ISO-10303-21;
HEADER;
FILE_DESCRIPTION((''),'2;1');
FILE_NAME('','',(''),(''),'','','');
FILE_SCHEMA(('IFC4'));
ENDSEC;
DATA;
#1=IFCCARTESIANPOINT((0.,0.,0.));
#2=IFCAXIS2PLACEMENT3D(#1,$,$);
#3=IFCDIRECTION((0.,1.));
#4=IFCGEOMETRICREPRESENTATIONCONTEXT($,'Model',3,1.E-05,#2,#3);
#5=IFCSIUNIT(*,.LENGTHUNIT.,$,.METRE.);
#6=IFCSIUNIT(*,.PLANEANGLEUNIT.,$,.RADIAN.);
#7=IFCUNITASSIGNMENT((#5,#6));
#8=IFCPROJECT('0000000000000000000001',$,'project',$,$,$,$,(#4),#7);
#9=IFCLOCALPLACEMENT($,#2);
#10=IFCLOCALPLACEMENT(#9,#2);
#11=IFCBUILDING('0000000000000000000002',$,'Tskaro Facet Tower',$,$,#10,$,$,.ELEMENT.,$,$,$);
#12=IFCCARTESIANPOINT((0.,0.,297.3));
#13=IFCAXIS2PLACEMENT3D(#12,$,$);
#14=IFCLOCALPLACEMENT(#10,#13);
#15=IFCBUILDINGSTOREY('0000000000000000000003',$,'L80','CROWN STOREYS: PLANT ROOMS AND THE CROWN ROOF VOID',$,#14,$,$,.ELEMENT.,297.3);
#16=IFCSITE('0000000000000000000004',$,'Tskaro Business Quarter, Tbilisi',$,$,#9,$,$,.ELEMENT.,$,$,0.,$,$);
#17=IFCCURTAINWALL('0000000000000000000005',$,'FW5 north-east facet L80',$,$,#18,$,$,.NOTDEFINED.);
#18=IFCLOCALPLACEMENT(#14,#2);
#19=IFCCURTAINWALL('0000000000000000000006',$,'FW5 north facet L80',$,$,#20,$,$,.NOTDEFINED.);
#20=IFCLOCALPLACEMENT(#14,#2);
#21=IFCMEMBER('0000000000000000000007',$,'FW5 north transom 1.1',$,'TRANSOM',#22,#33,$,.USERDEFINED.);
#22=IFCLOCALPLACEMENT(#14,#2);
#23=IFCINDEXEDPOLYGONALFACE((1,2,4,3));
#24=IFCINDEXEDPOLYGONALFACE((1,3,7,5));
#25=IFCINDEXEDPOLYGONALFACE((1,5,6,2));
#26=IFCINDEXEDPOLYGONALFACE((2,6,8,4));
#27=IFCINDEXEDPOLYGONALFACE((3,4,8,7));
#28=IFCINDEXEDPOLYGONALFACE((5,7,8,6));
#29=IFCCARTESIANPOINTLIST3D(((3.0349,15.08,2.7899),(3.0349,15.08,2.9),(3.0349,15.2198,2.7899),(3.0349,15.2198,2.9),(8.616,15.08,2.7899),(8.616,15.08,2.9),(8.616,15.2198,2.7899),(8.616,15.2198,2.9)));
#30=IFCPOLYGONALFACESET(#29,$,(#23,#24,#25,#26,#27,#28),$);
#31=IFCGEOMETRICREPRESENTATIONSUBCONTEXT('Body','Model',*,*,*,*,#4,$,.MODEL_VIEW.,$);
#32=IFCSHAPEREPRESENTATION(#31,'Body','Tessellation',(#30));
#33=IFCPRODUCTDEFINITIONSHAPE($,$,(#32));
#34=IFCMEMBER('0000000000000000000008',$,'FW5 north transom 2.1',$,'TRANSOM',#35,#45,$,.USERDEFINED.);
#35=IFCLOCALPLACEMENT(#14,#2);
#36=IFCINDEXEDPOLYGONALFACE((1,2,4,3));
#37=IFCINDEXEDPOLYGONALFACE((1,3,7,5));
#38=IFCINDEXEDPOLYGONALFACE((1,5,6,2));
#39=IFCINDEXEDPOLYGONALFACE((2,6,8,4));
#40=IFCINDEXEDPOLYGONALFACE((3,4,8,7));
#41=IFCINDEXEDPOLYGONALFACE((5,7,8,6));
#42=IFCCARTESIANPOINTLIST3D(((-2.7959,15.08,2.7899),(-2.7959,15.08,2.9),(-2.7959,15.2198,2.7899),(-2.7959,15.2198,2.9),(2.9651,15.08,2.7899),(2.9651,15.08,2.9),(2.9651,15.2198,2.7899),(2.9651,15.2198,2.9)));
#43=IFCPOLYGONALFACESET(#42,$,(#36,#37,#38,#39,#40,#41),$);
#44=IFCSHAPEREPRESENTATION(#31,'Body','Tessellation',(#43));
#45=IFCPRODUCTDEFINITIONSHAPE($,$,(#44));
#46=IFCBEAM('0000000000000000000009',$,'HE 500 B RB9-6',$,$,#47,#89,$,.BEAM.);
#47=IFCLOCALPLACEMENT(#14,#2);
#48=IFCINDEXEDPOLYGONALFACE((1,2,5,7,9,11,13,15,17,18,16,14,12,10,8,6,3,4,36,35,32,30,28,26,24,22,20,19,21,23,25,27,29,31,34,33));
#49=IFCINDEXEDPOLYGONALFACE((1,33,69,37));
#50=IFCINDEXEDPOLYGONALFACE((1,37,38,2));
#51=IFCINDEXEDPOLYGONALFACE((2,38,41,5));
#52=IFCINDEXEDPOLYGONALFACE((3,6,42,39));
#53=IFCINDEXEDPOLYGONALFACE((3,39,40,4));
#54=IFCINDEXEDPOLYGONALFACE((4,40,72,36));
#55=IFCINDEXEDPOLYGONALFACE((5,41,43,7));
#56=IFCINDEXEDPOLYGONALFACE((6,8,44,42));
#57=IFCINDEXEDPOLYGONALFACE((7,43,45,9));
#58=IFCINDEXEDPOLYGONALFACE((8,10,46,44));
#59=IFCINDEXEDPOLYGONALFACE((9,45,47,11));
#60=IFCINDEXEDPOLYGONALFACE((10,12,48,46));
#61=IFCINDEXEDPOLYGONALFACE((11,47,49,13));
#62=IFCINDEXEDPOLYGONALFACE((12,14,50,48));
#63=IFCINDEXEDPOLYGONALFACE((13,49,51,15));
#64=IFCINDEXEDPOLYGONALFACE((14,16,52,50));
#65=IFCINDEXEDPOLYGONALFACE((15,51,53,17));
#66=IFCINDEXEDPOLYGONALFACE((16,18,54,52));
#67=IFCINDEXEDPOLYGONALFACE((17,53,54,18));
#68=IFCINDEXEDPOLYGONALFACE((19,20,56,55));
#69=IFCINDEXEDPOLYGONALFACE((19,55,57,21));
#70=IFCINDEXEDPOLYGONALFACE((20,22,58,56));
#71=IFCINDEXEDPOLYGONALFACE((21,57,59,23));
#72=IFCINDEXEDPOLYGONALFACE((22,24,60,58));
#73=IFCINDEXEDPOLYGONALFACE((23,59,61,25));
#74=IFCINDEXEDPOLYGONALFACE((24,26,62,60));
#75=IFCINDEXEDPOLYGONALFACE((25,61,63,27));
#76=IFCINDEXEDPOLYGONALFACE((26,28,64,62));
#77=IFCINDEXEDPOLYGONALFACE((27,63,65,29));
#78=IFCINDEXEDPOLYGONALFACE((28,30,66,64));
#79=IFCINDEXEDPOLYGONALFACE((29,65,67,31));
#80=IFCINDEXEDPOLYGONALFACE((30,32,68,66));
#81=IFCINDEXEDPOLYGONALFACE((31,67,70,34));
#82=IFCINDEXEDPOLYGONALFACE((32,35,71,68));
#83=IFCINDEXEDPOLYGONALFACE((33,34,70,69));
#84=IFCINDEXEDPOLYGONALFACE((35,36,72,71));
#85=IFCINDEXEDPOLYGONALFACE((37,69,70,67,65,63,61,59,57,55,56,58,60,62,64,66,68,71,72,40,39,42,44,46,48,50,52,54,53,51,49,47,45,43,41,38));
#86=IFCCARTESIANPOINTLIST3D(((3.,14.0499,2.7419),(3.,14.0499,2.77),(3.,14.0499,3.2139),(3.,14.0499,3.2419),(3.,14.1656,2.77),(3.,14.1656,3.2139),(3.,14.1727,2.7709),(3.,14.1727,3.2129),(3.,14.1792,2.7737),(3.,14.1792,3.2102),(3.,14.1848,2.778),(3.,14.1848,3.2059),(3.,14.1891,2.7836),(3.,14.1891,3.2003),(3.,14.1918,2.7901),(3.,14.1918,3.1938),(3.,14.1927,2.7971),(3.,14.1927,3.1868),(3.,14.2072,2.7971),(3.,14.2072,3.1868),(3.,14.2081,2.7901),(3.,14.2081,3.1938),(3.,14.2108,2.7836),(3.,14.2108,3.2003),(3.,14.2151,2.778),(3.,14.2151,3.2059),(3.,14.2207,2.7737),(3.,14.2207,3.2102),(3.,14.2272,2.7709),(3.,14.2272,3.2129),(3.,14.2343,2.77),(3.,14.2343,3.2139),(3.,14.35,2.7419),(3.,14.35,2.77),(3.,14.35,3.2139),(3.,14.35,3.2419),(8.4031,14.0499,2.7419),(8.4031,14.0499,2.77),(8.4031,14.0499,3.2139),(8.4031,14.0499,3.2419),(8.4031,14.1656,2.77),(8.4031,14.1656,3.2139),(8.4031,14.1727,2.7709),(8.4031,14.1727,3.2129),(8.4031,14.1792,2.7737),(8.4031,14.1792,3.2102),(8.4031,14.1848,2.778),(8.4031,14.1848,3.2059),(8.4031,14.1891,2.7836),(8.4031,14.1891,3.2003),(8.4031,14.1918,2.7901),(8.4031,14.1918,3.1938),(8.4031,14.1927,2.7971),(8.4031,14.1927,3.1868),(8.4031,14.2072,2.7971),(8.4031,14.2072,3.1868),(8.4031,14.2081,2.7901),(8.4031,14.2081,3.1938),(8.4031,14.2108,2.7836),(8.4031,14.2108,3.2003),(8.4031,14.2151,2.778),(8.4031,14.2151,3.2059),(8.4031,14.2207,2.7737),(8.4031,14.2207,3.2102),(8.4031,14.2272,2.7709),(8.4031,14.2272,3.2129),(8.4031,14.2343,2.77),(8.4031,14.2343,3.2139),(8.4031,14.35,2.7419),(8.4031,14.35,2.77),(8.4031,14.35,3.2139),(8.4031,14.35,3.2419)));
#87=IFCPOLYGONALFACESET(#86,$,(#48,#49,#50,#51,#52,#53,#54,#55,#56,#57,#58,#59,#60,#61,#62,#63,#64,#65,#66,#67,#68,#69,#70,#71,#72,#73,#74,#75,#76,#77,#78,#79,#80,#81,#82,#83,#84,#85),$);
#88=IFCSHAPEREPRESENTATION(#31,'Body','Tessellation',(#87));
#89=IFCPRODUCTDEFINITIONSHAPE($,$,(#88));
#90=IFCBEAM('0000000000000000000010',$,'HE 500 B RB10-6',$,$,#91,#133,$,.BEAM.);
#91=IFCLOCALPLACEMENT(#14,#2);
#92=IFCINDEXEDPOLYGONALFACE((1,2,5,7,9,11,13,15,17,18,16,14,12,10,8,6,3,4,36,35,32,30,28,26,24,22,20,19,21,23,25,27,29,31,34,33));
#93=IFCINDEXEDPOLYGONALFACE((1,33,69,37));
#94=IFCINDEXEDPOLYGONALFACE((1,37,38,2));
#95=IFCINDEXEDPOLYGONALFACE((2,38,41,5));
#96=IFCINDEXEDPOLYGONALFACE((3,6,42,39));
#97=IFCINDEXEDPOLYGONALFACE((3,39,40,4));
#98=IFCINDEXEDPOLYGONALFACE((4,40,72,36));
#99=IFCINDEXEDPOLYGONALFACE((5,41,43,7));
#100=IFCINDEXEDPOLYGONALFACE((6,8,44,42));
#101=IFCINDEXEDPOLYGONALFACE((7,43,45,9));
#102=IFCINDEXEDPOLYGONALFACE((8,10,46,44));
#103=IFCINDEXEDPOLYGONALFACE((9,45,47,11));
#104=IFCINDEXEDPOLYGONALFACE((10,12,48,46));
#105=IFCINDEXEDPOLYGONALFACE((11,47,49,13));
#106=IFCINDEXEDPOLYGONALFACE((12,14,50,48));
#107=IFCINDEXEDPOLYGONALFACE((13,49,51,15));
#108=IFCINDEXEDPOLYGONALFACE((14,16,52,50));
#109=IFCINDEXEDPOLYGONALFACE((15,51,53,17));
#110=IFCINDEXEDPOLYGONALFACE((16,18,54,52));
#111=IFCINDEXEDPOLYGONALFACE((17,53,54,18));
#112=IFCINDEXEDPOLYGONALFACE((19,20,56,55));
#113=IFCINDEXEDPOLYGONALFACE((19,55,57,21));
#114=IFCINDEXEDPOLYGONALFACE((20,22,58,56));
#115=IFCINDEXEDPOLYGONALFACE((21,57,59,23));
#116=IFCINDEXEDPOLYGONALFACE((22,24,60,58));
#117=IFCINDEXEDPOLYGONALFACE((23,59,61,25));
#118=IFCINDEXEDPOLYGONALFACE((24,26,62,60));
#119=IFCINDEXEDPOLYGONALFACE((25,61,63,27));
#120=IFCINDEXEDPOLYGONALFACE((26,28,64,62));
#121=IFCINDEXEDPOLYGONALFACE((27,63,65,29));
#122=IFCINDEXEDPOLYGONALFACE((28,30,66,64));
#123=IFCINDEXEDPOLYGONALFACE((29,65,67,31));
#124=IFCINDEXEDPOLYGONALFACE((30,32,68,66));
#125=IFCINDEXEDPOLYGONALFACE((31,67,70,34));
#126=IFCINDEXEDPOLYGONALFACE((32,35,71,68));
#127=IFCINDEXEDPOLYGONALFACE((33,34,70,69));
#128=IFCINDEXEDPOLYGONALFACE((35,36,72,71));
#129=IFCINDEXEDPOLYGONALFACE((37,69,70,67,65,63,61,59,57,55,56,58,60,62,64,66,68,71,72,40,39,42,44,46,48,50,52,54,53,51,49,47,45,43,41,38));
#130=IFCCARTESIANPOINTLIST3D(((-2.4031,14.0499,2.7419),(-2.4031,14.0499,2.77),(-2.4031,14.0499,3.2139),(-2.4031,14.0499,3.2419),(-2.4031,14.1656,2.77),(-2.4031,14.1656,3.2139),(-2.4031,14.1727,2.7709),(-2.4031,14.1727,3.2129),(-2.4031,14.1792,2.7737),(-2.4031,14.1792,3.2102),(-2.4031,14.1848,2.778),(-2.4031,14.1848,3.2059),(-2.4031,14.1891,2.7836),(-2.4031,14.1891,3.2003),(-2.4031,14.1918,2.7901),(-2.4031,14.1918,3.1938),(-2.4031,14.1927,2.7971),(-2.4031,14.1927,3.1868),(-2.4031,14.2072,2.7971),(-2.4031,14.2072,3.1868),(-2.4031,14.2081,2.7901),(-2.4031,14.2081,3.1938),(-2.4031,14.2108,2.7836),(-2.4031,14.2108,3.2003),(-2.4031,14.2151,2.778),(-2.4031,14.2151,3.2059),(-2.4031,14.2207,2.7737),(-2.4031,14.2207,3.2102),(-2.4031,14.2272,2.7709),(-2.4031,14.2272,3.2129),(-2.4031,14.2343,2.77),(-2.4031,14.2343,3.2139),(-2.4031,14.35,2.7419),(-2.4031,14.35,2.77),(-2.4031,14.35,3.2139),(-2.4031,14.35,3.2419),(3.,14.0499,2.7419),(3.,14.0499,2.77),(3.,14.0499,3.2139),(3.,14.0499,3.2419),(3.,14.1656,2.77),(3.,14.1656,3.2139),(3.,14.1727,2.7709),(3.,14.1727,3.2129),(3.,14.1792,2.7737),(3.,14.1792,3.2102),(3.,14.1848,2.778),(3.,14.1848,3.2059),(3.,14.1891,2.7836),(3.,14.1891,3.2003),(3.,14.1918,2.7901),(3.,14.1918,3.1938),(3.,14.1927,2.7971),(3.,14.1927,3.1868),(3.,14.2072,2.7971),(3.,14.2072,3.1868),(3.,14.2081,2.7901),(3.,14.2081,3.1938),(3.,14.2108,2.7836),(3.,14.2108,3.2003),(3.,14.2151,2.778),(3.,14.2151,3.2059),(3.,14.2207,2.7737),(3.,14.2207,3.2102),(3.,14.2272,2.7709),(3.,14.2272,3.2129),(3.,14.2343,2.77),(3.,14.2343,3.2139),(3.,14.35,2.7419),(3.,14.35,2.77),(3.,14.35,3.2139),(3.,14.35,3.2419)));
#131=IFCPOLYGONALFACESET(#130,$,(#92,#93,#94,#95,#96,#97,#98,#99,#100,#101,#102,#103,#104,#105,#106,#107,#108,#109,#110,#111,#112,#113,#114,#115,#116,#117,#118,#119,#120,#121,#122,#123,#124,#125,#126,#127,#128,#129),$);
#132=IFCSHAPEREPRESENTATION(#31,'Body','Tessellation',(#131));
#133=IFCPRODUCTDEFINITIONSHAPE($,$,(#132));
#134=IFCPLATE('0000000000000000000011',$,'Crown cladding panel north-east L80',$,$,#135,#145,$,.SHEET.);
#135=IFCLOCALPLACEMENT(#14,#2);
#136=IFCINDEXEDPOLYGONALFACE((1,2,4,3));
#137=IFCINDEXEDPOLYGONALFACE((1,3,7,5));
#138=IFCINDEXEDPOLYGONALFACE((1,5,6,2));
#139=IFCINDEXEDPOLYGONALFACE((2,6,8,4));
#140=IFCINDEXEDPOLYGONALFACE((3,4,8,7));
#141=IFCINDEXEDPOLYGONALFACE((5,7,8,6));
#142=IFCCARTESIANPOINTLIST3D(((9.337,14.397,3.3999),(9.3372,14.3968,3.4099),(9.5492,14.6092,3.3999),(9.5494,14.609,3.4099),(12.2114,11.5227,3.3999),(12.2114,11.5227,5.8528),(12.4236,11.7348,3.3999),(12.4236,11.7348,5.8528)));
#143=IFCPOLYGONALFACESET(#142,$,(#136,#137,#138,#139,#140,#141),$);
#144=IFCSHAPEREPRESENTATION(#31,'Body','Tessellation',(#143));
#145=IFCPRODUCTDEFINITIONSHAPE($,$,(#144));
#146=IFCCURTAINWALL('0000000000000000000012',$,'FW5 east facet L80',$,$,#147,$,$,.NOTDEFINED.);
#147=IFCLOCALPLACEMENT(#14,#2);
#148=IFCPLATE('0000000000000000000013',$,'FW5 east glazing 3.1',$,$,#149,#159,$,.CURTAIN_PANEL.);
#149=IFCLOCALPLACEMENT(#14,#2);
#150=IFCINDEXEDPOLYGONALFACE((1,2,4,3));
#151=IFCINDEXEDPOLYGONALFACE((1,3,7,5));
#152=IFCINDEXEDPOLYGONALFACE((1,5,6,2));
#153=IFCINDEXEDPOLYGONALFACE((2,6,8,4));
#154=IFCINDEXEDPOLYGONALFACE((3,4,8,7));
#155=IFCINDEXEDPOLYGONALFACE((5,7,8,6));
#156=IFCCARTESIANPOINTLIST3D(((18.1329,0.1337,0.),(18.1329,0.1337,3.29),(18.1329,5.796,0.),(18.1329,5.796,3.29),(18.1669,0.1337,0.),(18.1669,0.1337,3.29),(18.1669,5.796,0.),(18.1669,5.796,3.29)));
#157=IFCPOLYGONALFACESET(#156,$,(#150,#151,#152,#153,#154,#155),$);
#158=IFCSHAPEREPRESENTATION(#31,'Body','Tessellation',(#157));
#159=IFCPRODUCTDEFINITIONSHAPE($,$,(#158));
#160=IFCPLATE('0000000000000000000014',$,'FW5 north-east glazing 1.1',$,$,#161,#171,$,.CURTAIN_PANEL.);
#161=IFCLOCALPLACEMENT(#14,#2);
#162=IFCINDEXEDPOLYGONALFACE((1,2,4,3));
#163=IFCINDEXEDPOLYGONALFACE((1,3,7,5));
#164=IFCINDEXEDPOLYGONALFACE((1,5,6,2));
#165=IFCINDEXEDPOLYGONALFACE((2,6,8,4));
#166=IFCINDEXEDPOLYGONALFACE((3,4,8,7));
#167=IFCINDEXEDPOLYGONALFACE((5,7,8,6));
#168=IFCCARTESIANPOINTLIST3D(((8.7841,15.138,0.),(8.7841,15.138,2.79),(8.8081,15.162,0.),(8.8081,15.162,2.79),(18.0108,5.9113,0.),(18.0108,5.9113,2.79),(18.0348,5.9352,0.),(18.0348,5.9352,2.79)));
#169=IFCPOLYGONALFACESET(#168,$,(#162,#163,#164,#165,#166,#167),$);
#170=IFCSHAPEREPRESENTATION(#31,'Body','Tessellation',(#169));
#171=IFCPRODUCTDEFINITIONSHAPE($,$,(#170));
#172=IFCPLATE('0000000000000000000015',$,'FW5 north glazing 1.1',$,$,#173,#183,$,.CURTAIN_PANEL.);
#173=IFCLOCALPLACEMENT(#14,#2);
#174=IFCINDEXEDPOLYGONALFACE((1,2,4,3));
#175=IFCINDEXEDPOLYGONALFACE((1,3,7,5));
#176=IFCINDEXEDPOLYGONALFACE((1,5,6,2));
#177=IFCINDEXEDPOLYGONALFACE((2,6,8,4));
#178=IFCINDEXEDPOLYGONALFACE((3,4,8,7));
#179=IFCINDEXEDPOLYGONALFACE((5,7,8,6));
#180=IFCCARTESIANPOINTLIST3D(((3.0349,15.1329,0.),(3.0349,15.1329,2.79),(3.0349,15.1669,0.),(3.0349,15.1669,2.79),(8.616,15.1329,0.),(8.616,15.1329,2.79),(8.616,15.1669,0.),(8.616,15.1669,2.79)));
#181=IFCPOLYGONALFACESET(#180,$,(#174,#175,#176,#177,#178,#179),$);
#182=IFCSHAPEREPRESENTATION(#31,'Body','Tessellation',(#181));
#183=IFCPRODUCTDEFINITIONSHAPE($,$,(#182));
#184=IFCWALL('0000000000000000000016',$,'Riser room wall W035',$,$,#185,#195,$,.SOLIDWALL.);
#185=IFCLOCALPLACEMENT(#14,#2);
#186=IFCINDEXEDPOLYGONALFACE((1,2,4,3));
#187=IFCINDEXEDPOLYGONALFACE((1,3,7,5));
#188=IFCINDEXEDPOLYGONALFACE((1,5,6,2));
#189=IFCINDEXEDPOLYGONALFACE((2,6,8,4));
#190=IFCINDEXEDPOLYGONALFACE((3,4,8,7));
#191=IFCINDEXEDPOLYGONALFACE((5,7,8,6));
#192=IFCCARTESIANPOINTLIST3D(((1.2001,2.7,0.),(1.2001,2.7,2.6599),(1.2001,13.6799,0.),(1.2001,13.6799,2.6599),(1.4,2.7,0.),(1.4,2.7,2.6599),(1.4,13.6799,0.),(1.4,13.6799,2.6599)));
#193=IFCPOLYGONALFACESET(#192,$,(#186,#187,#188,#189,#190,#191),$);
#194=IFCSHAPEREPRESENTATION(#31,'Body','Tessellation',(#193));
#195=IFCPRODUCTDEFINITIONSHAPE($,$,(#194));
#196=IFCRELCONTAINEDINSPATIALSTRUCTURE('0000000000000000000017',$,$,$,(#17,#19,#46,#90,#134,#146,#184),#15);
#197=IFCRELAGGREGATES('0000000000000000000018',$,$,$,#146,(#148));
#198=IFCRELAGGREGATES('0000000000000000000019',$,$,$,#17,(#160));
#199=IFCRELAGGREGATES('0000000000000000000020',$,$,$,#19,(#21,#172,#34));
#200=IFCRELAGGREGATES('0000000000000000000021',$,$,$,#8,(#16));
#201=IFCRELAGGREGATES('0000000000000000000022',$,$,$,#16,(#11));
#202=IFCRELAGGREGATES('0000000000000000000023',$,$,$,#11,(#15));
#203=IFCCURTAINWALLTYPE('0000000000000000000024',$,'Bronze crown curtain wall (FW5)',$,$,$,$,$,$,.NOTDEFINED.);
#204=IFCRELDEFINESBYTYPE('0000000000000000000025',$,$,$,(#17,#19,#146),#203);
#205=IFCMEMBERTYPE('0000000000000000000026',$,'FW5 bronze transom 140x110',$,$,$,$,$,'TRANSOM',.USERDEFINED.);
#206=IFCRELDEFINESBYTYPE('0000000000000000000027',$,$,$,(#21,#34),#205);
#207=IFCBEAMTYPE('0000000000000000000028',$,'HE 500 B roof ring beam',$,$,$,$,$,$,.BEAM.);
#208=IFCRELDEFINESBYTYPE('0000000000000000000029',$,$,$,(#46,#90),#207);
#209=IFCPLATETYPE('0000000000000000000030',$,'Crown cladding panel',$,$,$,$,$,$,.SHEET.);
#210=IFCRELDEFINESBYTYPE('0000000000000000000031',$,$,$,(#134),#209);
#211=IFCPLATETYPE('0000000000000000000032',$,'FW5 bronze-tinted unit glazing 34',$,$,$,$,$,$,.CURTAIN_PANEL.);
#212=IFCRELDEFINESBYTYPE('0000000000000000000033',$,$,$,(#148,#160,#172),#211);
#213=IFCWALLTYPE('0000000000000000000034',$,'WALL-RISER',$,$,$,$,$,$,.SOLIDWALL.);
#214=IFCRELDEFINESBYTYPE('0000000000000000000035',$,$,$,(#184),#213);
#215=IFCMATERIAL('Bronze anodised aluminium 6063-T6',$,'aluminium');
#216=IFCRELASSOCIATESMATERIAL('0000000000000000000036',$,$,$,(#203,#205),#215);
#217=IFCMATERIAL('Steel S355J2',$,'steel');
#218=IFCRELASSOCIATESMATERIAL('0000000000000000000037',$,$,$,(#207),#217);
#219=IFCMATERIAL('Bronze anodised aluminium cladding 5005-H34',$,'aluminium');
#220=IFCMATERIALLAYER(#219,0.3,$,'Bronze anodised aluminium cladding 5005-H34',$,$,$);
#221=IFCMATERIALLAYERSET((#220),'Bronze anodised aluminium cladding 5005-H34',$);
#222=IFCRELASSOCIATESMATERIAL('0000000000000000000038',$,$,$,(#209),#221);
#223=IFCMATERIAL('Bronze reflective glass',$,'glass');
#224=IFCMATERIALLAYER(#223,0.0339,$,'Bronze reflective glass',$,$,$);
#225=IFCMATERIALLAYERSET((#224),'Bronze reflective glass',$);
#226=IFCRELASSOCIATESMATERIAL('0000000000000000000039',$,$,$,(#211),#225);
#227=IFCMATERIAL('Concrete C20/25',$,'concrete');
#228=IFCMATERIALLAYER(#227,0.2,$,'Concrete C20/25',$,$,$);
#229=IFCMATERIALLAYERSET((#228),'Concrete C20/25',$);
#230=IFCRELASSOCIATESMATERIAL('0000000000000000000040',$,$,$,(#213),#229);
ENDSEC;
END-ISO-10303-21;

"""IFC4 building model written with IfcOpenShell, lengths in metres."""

from ifc_helpers import new_model, si_unit, direction, frame, frame_2d, origin, origin_2d, place, context, subcontext, project, spatial, polyline, rectangle, i_section, outline, extrude, material, layer, layer_set, material_profile, profile_set, type_object, element, aggregate, save


model = new_model("IFC4")

# Units and contexts
model_context = context("Model", 3, precision=1e-05, world=origin(), true_north=direction((0.0, 1.0)))
body_context = subcontext(model_context, "Body", "Model", "MODEL_VIEW")
ifc_project = project(units=[si_unit("LENGTHUNIT", "METRE"), si_unit("PLANEANGLEUNIT", "RADIAN")], contexts=[model_context])

# Site, building, storey
site_placement = place(None, origin())
site = spatial("IfcSite", under=ifc_project, at=site_placement, Name="Tskaro Business Quarter, Tbilisi", CompositionType="ELEMENT", RefElevation=0.0)
building_placement = place(site_placement, origin())
building = spatial("IfcBuilding", under=site, at=building_placement, Name="Tskaro Facet Tower", CompositionType="ELEMENT")
storey_placement = place(building_placement, frame((0.0, 0.0, 297.3)))
storey = spatial("IfcBuildingStorey", under=building, at=storey_placement, Name="L80", Description="CROWN STOREYS: PLANT ROOMS AND THE CROWN ROOF VOID", CompositionType="ELEMENT", Elevation=297.3)

# Curtain wall
ifc_material_1 = material(Name="Bronze anodised aluminium 6063-T6", Category="aluminium")
curtain_wall_type = type_object("IfcCurtainWallType", Name="Bronze crown curtain wall (FW5)", PredefinedType="NOTDEFINED", material=ifc_material_1)
curtain_wall_1_placement = place(storey_placement, origin())
curtain_wall_1 = element("IfcCurtainWall", 1, at=curtain_wall_1_placement, inside=storey, type_object=curtain_wall_type, Name="FW5 north-east facet L80", PredefinedType="NOTDEFINED")

# Curtain wall
curtain_wall_2_placement = place(storey_placement, origin())
curtain_wall_2 = element("IfcCurtainWall", 2, at=curtain_wall_2_placement, inside=storey, type_object=curtain_wall_type, Name="FW5 north facet L80", PredefinedType="NOTDEFINED")

# Members
ifc_material_profile_1 = material_profile(ifc_material_1, rectangle(XDim=0.1399, YDim=0.1101, at=origin_2d()), Name="Transom 140x110")
ifc_profile_set_1 = profile_set([ifc_material_profile_1], Name="Bronze anodised aluminium 6063-T6")
member_type_1 = type_object("IfcMemberType", Name="FW5 bronze transom 140x110", ElementType="TRANSOM", PredefinedType="USERDEFINED", material=ifc_profile_set_1)
member_1_placement = place(storey_placement, frame((8.616, 15.1499, 2.845), z_axis=(-1.0, 0.0, 0.0), x_axis=(0.0, -1.0, 0.0)))
member_1 = element("IfcMember", 3, at=member_1_placement, type_object=member_type_1, Name="FW5 north transom 1.1", ObjectType="TRANSOM", PredefinedType="USERDEFINED", context=body_context, shape_type="SweptSolid", body=[
    extrude(rectangle(XDim=0.1399, YDim=0.1101, at=origin_2d()), origin(), (0.0, 0.0, 1.0), 5.5811),
])
member_2_placement = place(storey_placement, frame((2.9651, 15.1499, 2.845), z_axis=(-1.0, 0.0, 0.0), x_axis=(0.0, -1.0, 0.0)))
member_2 = element("IfcMember", 4, at=member_2_placement, type_object=member_type_1, Name="FW5 north transom 2.1", ObjectType="TRANSOM", PredefinedType="USERDEFINED", context=body_context, shape_type="SweptSolid", body=[
    extrude(rectangle(XDim=0.1399, YDim=0.1101, at=origin_2d()), origin(), (0.0, 0.0, 1.0), 5.761),
])

# Beams
ifc_material_2 = material(Name="Steel S355J2", Category="steel")
ifc_material_profile_2 = material_profile(ifc_material_2, i_section(OverallWidth=0.3, OverallDepth=0.5, WebThickness=0.0144, FlangeThickness=0.0281, FilletRadius=0.0271, at=origin_2d()), Name="HE 500 B")
ifc_profile_set_2 = profile_set([ifc_material_profile_2], Name="Steel S355J2")
beam_type = type_object("IfcBeamType", Name="HE 500 B roof ring beam", PredefinedType="BEAM", material=ifc_profile_set_2)
for number, where, z_axis, x_axis, name in (
    (5, (8.4031, 14.2, 2.9919), (-1.0, 0.0, 0.0), (0.0, -1.0, 0.0), "HE 500 B RB9-6"),
    (6, (3.0, 14.2, 2.9919), (-1.0, 0.0, 0.0), (0.0, -1.0, 0.0), "HE 500 B RB10-6"),
):
    element("IfcBeam", number, at=place(storey_placement, frame(where, z_axis=z_axis, x_axis=x_axis)), inside=storey, type_object=beam_type, Name=name, PredefinedType="BEAM", context=body_context, shape_type="SweptSolid", body=[
        extrude(i_section(OverallWidth=0.3, OverallDepth=0.5, WebThickness=0.0144, FlangeThickness=0.0281, FilletRadius=0.0271, at=origin_2d()), origin(), (0.0, 0.0, 1.0), 5.4031),
    ])

# Plate
ifc_material_3 = material(Name="Bronze anodised aluminium cladding 5005-H34", Category="aluminium")
ifc_layer_1 = layer(ifc_material_3, 0.3, Name="Bronze anodised aluminium cladding 5005-H34")
ifc_layer_set_1 = layer_set([ifc_layer_1], Name="Bronze anodised aluminium cladding 5005-H34")
plate_type_1 = type_object("IfcPlateType", Name="Crown cladding panel", PredefinedType="SHEET", material=ifc_layer_set_1)
plate_1_placement = place(storey_placement, frame((12.3174, 11.6287, 3.3999), z_axis=(0.0, 0.0, 1.0), x_axis=(-0.707107, 0.707107, 0.0)))
element("IfcPlate", 7, at=plate_1_placement, inside=storey, type_object=plate_type_1, Name="Crown cladding panel north-east L80", PredefinedType="SHEET", context=body_context, shape_type="SweptSolid", body=[
    extrude(outline(polyline([(0.0, 0.0), (4.0649, 0.0), (4.0647, 0.01), (0.0, 2.4529), (0.0, 0.0)])), frame((0.0, 0.1499, 0.0), z_axis=(0.0, -1.0, 0.0), x_axis=(1.0, 0.0, 0.0)), (0.0, 0.0, 1.0), 0.3),
])

# Curtain wall, plate
curtain_wall_3_placement = place(storey_placement, origin())
curtain_wall_3 = element("IfcCurtainWall", 8, at=curtain_wall_3_placement, inside=storey, type_object=curtain_wall_type, Name="FW5 east facet L80", PredefinedType="NOTDEFINED")
ifc_material_4 = material(Name="Bronze reflective glass", Category="glass")
ifc_layer_2 = layer(ifc_material_4, 0.0339, Name="Bronze reflective glass")
ifc_layer_set_2 = layer_set([ifc_layer_2], Name="Bronze reflective glass")
plate_type_2 = type_object("IfcPlateType", Name="FW5 bronze-tinted unit glazing 34", PredefinedType="CURTAIN_PANEL", material=ifc_layer_set_2)
plate_2_placement = place(storey_placement, frame((18.1499, 2.9648, 0.0), z_axis=(0.0, 0.0, 1.0), x_axis=(0.0, 1.0, 0.0)))
plate_2 = element("IfcPlate", 9, at=plate_2_placement, type_object=plate_type_2, Name="FW5 east glazing 3.1", PredefinedType="CURTAIN_PANEL", context=body_context, shape_type="SweptSolid", body=[
    extrude(rectangle(XDim=5.6624, YDim=0.0339, at=origin_2d()), origin(), (0.0, 0.0, 1.0), 3.29),
])
aggregate(curtain_wall_3, [plate_2])

# Plates
plate_3_placement = place(storey_placement, frame((13.4094, 10.5366, 0.0), z_axis=(0.0, 0.0, 1.0), x_axis=(-0.707107, 0.707107, 0.0)))
plate_3 = element("IfcPlate", 10, at=plate_3_placement, type_object=plate_type_2, Name="FW5 north-east glazing 1.1", PredefinedType="CURTAIN_PANEL", context=body_context, shape_type="SweptSolid", body=[
    extrude(rectangle(XDim=13.0486, YDim=0.0339, at=origin_2d()), origin(), (0.0, 0.0, 1.0), 2.79),
])
aggregate(curtain_wall_1, [plate_3])
plate_4_placement = place(storey_placement, frame((5.8254, 15.1499, 0.0), z_axis=(0.0, 0.0, 1.0), x_axis=(-1.0, 0.0, 0.0)))
plate_4 = element("IfcPlate", 11, at=plate_4_placement, type_object=plate_type_2, Name="FW5 north glazing 1.1", PredefinedType="CURTAIN_PANEL", context=body_context, shape_type="SweptSolid", body=[
    extrude(rectangle(XDim=5.5811, YDim=0.0339, at=origin_2d()), origin(), (0.0, 0.0, 1.0), 2.79),
])
aggregate(curtain_wall_2, [member_1, plate_4, member_2])

# Wall
ifc_material_5 = material(Name="Concrete C20/25", Category="concrete")
ifc_layer_3 = layer(ifc_material_5, 0.2, Name="Concrete C20/25")
ifc_layer_set_3 = layer_set([ifc_layer_3], Name="Concrete C20/25")
wall_type = type_object("IfcWallType", Name="WALL-RISER", PredefinedType="SOLIDWALL", material=ifc_layer_set_3)
for number, where, z_axis, x_axis, name in (
    (12, (1.3, 2.7, 0.0), (0.0, 0.0, 1.0), (0.0, 1.0, 0.0), "Riser room wall W035"),
):
    element("IfcWall", number, at=place(storey_placement, frame(where, z_axis=z_axis, x_axis=x_axis)), inside=storey, type_object=wall_type, Name=name, PredefinedType="SOLIDWALL", context=body_context, shape_type="SweptSolid", body=[
        extrude(rectangle(XDim=10.98, YDim=0.2, at=frame_2d((5.49, 0.0))), origin(), (0.0, 0.0, 1.0), 2.6599),
    ])

save(model, "model.ifc")
